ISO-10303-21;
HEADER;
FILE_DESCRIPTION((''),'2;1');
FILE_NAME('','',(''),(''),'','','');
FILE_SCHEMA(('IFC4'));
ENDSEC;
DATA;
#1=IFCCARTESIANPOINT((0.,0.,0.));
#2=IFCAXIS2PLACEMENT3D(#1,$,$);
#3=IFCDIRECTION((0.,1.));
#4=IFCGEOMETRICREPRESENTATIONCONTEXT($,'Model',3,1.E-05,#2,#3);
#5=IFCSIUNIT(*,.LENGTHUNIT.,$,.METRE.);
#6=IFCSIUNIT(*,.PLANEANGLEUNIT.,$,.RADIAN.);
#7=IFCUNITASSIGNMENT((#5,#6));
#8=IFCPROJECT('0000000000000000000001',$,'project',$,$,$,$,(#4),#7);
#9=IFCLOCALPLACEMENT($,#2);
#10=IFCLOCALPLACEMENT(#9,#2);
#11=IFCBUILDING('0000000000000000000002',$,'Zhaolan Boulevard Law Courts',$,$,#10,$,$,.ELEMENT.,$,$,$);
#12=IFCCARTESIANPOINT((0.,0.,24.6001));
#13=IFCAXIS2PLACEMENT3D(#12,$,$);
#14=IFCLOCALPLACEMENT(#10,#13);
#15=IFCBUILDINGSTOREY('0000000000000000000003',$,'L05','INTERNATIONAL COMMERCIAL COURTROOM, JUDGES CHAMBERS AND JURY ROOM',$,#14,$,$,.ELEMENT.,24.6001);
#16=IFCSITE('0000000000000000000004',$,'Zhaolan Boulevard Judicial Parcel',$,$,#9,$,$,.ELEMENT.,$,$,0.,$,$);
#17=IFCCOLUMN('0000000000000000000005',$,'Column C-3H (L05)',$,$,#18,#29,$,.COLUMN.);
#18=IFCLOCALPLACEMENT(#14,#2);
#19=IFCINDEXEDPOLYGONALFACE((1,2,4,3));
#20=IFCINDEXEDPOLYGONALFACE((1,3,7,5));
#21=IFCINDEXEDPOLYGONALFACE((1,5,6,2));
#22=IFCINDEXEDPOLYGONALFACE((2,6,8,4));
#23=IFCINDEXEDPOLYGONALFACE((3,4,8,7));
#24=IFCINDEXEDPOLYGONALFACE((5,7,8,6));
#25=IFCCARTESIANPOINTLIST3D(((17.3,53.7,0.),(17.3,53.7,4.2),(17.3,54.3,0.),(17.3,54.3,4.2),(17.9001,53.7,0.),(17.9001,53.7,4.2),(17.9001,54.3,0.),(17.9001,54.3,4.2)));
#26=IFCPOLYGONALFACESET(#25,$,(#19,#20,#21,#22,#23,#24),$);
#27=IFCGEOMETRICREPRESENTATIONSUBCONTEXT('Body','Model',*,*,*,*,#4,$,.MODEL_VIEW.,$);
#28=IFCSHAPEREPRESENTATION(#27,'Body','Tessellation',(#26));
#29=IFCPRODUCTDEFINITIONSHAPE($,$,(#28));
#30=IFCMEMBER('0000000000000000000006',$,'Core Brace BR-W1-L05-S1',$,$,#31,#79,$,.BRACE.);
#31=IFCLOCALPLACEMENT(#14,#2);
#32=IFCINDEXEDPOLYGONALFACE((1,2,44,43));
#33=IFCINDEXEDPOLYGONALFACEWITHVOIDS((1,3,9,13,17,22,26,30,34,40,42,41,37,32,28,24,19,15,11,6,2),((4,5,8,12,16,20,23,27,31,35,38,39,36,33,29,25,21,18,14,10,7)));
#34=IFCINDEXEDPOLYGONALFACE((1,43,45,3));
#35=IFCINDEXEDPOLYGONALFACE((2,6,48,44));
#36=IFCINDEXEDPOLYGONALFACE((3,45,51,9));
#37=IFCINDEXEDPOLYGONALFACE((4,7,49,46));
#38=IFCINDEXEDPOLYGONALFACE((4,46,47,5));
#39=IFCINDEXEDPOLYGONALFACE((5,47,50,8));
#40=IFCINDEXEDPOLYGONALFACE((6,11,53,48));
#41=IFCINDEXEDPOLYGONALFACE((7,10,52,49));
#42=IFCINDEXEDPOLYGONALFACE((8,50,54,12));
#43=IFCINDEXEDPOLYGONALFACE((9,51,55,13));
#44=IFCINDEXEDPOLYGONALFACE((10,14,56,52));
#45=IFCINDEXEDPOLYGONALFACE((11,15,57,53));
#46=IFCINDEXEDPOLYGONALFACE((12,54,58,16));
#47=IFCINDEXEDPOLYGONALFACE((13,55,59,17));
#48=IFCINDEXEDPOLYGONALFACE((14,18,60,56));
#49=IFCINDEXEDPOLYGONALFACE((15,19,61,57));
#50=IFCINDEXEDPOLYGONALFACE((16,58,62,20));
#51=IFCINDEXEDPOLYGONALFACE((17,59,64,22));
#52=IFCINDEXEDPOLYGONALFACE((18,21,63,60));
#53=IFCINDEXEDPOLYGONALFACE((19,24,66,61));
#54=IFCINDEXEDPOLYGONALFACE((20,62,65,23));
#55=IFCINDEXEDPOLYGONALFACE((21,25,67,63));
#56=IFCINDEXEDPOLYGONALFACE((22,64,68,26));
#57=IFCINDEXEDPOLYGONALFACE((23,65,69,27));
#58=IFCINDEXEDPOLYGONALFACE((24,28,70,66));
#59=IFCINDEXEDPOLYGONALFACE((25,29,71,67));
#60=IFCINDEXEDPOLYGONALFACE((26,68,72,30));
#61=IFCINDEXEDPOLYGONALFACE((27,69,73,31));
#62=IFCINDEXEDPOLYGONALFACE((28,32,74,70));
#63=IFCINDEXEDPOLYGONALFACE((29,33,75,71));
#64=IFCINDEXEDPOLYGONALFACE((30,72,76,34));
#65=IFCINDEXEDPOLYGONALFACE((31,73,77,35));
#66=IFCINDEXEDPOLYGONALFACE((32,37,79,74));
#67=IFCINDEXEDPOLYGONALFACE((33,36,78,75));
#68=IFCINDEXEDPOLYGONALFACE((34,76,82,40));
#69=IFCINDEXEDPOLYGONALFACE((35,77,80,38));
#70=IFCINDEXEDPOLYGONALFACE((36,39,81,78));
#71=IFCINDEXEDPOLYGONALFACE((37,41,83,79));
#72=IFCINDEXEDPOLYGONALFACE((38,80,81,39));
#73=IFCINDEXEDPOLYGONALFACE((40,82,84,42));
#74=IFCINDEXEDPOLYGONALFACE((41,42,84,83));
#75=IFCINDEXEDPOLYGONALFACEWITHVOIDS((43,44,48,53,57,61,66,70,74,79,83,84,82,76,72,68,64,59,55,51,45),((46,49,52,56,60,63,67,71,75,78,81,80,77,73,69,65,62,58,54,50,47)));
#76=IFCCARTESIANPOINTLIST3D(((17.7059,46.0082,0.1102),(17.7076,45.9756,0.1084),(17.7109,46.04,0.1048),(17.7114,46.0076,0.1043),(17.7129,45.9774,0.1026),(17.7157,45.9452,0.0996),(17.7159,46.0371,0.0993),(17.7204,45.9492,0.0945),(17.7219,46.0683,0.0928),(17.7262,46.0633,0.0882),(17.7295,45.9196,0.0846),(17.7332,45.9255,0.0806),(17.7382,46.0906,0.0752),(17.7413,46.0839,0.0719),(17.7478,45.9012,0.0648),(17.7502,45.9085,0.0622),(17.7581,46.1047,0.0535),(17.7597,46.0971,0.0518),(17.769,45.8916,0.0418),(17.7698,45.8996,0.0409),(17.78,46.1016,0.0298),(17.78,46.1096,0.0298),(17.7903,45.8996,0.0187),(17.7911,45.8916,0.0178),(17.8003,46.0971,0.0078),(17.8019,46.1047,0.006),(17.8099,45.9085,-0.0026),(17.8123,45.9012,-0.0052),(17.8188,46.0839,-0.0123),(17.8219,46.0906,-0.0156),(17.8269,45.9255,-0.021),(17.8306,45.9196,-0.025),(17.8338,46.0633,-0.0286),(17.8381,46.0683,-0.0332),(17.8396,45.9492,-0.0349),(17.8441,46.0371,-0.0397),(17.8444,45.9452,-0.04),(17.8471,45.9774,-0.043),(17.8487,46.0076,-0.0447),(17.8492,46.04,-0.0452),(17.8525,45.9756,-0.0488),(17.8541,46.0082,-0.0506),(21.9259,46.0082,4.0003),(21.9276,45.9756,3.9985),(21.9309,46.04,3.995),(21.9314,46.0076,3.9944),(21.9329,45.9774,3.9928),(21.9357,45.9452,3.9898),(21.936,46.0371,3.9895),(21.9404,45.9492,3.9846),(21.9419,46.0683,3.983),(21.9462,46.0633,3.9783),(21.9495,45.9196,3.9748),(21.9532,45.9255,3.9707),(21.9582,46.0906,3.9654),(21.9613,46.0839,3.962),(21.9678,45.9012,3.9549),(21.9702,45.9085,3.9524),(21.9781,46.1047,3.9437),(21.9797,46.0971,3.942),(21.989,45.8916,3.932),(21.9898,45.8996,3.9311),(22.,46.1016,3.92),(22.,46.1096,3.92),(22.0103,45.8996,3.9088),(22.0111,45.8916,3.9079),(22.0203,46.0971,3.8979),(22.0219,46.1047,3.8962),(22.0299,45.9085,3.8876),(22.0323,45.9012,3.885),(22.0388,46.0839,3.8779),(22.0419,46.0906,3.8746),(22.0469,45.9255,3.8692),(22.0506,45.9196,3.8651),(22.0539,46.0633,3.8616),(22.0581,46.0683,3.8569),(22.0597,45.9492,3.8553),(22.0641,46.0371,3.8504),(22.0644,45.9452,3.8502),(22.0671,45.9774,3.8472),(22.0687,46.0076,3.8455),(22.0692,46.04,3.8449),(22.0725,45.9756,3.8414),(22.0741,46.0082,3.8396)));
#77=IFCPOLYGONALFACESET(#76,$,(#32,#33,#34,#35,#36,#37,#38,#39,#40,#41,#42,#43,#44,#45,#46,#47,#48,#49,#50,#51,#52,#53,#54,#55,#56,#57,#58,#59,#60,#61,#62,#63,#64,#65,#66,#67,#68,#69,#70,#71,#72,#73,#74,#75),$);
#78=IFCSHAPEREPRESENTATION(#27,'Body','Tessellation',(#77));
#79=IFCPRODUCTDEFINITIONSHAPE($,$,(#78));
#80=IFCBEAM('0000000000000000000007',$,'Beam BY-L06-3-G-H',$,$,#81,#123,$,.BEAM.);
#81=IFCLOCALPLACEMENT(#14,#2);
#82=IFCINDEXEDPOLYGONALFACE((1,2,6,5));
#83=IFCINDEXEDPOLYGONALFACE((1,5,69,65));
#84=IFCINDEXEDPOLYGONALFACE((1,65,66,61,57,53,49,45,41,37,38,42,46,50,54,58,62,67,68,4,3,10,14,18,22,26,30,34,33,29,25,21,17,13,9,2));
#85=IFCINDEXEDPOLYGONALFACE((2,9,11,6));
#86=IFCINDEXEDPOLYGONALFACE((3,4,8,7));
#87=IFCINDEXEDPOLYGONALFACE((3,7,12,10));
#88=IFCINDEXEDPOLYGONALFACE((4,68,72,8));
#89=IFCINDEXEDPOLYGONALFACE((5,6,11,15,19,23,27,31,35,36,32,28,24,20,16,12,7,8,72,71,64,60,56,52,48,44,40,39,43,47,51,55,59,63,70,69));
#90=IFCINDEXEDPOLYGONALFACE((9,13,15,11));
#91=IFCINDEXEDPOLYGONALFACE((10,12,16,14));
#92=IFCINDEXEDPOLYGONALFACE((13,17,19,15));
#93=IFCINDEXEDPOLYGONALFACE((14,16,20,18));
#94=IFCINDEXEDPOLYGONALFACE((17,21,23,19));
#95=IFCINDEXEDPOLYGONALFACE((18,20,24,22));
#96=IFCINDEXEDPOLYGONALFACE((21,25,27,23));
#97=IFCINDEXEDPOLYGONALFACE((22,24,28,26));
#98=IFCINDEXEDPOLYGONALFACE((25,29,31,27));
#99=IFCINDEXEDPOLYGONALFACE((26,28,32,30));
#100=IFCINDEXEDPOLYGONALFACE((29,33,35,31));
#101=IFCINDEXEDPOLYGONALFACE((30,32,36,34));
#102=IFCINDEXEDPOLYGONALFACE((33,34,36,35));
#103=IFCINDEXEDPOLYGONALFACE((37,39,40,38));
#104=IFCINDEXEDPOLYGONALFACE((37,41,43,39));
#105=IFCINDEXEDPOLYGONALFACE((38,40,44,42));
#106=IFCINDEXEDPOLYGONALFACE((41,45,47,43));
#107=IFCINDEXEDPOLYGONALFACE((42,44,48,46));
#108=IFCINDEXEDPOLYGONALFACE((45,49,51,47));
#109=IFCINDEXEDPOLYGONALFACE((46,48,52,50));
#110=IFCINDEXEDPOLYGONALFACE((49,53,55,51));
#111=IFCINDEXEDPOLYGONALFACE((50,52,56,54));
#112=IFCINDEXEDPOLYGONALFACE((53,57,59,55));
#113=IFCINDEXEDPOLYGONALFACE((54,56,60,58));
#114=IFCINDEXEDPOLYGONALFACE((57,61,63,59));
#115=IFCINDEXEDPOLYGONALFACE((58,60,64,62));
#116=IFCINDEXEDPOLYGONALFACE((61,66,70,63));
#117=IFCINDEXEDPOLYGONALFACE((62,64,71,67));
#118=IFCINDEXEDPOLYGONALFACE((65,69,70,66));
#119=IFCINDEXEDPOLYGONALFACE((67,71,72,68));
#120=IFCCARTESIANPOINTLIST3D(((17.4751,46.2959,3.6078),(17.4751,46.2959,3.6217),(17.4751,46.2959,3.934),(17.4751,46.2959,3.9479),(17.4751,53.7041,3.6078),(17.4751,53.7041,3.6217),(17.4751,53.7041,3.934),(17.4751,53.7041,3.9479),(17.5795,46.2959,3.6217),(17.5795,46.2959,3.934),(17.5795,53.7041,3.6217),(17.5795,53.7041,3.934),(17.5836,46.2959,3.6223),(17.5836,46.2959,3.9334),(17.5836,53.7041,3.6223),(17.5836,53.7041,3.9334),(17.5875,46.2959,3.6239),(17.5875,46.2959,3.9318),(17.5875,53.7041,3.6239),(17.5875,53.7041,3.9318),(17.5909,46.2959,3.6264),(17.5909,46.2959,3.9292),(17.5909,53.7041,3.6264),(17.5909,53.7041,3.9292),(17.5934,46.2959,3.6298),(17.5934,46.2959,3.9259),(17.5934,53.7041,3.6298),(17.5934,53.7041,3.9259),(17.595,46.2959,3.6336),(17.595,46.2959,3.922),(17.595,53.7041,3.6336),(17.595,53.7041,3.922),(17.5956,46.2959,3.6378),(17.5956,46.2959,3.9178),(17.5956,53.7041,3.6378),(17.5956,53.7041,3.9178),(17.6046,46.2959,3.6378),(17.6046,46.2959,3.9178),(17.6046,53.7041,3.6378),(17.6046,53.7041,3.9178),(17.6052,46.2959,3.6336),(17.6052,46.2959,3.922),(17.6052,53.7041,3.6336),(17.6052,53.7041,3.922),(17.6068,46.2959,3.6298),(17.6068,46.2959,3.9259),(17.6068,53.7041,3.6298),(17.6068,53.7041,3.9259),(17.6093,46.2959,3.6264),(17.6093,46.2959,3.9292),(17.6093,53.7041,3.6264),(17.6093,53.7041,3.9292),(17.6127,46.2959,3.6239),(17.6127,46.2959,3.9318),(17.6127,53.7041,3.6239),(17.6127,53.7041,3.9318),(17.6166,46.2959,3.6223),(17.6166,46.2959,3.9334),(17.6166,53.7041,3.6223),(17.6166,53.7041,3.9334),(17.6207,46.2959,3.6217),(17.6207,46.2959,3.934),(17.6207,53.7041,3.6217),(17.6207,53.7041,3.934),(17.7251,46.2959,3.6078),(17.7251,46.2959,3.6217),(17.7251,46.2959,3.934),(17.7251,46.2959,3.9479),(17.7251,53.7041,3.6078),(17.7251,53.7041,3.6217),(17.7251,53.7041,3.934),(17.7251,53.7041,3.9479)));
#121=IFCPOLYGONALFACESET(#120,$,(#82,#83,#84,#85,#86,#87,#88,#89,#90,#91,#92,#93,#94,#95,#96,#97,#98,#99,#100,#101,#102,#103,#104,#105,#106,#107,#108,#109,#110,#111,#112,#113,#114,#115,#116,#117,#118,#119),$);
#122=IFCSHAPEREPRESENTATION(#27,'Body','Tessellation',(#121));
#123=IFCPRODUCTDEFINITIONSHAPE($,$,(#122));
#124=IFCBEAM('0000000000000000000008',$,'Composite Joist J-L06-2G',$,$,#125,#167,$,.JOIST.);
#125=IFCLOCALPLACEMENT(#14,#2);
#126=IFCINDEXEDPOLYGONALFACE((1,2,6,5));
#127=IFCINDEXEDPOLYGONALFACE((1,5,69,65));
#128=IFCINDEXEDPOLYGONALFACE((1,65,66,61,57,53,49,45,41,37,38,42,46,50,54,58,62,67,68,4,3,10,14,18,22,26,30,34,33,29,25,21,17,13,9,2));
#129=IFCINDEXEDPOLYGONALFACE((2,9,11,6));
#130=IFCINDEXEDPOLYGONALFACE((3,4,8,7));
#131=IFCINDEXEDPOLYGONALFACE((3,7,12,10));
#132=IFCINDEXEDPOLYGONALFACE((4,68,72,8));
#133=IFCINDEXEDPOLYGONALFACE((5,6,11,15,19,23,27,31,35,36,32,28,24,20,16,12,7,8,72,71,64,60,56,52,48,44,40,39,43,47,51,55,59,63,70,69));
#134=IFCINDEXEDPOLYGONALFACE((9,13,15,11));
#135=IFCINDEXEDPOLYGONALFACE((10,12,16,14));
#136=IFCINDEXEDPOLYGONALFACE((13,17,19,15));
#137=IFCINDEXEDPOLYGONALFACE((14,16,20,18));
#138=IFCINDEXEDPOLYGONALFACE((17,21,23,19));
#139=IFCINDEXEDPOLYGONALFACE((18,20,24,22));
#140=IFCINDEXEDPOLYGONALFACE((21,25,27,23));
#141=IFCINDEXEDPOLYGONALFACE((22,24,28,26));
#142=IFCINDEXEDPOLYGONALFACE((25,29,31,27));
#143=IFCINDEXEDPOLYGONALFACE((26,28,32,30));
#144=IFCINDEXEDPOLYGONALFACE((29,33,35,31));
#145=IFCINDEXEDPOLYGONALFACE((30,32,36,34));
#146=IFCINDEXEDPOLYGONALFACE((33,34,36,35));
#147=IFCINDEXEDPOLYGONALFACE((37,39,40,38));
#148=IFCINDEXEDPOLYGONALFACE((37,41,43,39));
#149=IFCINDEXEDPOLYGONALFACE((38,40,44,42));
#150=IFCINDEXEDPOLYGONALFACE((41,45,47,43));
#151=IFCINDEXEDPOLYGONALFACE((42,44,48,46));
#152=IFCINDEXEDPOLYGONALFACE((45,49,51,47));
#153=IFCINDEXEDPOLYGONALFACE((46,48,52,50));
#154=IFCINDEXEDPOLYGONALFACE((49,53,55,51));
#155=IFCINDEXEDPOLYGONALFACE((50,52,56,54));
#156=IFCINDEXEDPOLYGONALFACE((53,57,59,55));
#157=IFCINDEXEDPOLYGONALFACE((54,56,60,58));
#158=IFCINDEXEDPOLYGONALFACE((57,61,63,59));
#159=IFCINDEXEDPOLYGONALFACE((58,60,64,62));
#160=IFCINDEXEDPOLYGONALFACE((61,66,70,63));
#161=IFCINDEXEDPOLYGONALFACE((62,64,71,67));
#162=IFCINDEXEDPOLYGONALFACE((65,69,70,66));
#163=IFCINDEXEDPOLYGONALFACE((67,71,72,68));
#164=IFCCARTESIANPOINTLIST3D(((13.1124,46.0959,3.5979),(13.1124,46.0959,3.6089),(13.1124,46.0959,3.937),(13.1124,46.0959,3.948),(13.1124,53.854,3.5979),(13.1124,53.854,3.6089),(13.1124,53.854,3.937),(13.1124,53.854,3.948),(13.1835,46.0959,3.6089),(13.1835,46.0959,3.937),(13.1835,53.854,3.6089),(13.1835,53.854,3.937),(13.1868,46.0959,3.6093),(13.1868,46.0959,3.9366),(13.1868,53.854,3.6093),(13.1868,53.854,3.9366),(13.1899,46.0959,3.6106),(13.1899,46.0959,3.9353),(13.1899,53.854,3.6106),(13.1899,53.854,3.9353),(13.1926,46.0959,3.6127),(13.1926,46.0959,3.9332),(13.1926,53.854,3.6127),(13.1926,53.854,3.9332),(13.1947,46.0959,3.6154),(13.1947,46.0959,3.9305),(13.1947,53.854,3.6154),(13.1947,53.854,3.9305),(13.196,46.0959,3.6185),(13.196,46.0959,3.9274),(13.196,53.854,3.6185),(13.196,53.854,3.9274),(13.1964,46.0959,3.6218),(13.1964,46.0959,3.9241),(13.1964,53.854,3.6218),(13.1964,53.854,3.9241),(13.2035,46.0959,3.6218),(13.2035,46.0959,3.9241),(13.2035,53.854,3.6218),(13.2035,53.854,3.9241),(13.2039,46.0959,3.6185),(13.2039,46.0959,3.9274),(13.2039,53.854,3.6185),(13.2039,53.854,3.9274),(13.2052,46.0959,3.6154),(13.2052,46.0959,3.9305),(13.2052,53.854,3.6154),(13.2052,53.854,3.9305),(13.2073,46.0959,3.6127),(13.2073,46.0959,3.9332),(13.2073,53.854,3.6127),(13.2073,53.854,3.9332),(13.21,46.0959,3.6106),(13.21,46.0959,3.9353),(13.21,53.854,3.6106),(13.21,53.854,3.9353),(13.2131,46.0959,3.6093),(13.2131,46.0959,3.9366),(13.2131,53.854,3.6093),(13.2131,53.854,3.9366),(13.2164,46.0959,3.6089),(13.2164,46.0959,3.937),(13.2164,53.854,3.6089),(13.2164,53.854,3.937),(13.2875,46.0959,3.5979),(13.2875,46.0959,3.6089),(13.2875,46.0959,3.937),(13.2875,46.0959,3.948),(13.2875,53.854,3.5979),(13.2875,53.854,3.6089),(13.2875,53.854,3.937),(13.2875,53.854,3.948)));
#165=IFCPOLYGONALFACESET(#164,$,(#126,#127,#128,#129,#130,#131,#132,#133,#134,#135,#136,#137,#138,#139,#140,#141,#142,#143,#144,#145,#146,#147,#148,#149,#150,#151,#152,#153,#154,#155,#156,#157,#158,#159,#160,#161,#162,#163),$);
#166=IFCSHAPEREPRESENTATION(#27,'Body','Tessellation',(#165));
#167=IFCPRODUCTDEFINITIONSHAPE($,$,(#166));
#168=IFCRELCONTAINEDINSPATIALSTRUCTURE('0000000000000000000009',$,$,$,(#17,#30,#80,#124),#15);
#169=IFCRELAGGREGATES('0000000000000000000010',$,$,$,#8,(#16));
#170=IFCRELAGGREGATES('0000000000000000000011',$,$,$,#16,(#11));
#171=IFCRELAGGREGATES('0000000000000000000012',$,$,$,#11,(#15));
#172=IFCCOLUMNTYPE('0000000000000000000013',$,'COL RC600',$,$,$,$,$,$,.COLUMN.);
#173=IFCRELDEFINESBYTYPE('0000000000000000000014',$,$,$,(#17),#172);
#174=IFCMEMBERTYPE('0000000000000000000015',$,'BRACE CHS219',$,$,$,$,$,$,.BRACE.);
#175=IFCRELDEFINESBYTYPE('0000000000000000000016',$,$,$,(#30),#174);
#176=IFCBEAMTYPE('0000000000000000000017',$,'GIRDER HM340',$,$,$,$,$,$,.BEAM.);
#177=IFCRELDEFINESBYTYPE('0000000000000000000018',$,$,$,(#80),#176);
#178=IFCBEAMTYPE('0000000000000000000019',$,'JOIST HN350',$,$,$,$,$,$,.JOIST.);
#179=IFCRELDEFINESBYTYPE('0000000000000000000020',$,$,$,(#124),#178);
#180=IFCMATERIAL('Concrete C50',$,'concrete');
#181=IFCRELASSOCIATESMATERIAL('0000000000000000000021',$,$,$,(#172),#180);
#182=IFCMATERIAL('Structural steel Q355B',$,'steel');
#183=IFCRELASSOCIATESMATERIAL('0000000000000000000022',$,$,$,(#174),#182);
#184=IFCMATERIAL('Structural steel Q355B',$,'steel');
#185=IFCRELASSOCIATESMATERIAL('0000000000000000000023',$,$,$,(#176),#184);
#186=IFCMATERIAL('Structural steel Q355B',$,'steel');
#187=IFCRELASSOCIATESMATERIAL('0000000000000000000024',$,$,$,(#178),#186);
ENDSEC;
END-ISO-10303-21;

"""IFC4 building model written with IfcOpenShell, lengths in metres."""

from ifc_helpers import new_model, si_unit, direction, frame, origin, origin_2d, place, context, subcontext, project, spatial, rectangle, hollow_circle, i_section, extrude, material, material_profile, profile_set, type_object, element, save


model = new_model("IFC4")

# Units and contexts
model_context = context("Model", 3, precision=1e-05, world=origin(), true_north=direction((0.0, 1.0)))
body_context = subcontext(model_context, "Body", "Model", "MODEL_VIEW")
ifc_project = project(units=[si_unit("LENGTHUNIT", "METRE"), si_unit("PLANEANGLEUNIT", "RADIAN")], contexts=[model_context])

# Site, building, storey
site_placement = place(None, origin())
site = spatial("IfcSite", under=ifc_project, at=site_placement, Name="Zhaolan Boulevard Judicial Parcel", CompositionType="ELEMENT", RefElevation=0.0)
building_placement = place(site_placement, origin())
building = spatial("IfcBuilding", under=site, at=building_placement, Name="Zhaolan Boulevard Law Courts", CompositionType="ELEMENT")
storey_placement = place(building_placement, frame((0.0, 0.0, 24.6001)))
storey = spatial("IfcBuildingStorey", under=building, at=storey_placement, Name="L05", Description="INTERNATIONAL COMMERCIAL COURTROOM, JUDGES CHAMBERS AND JURY ROOM", CompositionType="ELEMENT", Elevation=24.6001)

# Column
ifc_material_1 = material(Name="Concrete C50", Category="concrete")
ifc_material_profile_1 = material_profile(ifc_material_1, rectangle(XDim=0.6001, YDim=0.6001, at=origin_2d()), Name="RC600x600")
ifc_profile_set_1 = profile_set([ifc_material_profile_1], Name="Concrete C50")
column_type = type_object("IfcColumnType", Name="COL RC600", PredefinedType="COLUMN", material=ifc_profile_set_1)
column_placement = place(storey_placement, frame((17.6001, 54.0, 0.0), z_axis=(0.0, 0.0, 1.0), x_axis=(1.0, 0.0, 0.0)))
element("IfcColumn", 1, at=column_placement, inside=storey, type_object=column_type, Name="Column C-3H (L05)", PredefinedType="COLUMN", context=body_context, shape_type="SweptSolid", body=[
    extrude(rectangle(XDim=0.6001, YDim=0.6001, at=origin_2d()), origin(), (0.0, 0.0, 1.0), 4.2),
])

# Member
ifc_material_2 = material(Name="Structural steel Q355B", Category="steel")
ifc_material_profile_2 = material_profile(ifc_material_2, hollow_circle(Radius=0.1096, WallThickness=0.0081, at=origin_2d()), Name="CHS219x8")
ifc_profile_set_2 = profile_set([ifc_material_profile_2], Name="Structural steel Q355B")
member_type = type_object("IfcMemberType", Name="BRACE CHS219", PredefinedType="BRACE", material=ifc_profile_set_2)
member_placement = place(storey_placement, frame((17.78, 46.0, 0.0298), z_axis=(0.735257, 0.0, 0.677789), x_axis=(0.0, 1.0, 0.0)))
element("IfcMember", 2, at=member_placement, inside=storey, type_object=member_type, Name="Core Brace BR-W1-L05-S1", PredefinedType="BRACE", context=body_context, shape_type="SweptSolid", body=[
    extrude(hollow_circle(Radius=0.1096, WallThickness=0.0081, at=origin_2d()), origin(), (0.0, 0.0, 1.0), 5.7395),
])

# Beams
ifc_material_3 = material(Name="Structural steel Q355B", Category="steel")
ifc_material_profile_3 = material_profile(ifc_material_3, i_section(OverallWidth=0.25, OverallDepth=0.3401, WebThickness=0.009, FlangeThickness=0.0139, FilletRadius=0.0161, at=origin_2d()), Name="HM340x250")
ifc_profile_set_3 = profile_set([ifc_material_profile_3], Name="Structural steel Q355B")
beam_type_1 = type_object("IfcBeamType", Name="GIRDER HM340", PredefinedType="BEAM", material=ifc_profile_set_3)
beam_1_placement = place(storey_placement, frame((17.6001, 46.2959, 3.7778), z_axis=(0.0, 1.0, 0.0), x_axis=(-1.0, 0.0, 0.0)))
element("IfcBeam", 3, at=beam_1_placement, inside=storey, type_object=beam_type_1, Name="Beam BY-L06-3-G-H", PredefinedType="BEAM", context=body_context, shape_type="SweptSolid", body=[
    extrude(i_section(OverallWidth=0.25, OverallDepth=0.3401, WebThickness=0.009, FlangeThickness=0.0139, FilletRadius=0.0161, at=origin_2d()), origin(), (0.0, 0.0, 1.0), 7.4082),
])
ifc_material_4 = material(Name="Structural steel Q355B", Category="steel")
ifc_material_profile_4 = material_profile(ifc_material_4, i_section(OverallWidth=0.175, OverallDepth=0.3501, WebThickness=0.0071, FlangeThickness=0.011, FilletRadius=0.0129, at=origin_2d()), Name="HN350x175")
ifc_profile_set_4 = profile_set([ifc_material_profile_4], Name="Structural steel Q355B")
beam_type_2 = type_object("IfcBeamType", Name="JOIST HN350", PredefinedType="JOIST", material=ifc_profile_set_4)
beam_2_placement = place(storey_placement, frame((13.2, 46.0959, 3.7729), z_axis=(0.0, 1.0, 0.0), x_axis=(-1.0, 0.0, 0.0)))
element("IfcBeam", 4, at=beam_2_placement, inside=storey, type_object=beam_type_2, Name="Composite Joist J-L06-2G", PredefinedType="JOIST", context=body_context, shape_type="SweptSolid", body=[
    extrude(i_section(OverallWidth=0.175, OverallDepth=0.3501, WebThickness=0.0071, FlangeThickness=0.011, FilletRadius=0.0129, at=origin_2d()), origin(), (0.0, 0.0, 1.0), 7.7581),
])

save(model, "model.ifc")
